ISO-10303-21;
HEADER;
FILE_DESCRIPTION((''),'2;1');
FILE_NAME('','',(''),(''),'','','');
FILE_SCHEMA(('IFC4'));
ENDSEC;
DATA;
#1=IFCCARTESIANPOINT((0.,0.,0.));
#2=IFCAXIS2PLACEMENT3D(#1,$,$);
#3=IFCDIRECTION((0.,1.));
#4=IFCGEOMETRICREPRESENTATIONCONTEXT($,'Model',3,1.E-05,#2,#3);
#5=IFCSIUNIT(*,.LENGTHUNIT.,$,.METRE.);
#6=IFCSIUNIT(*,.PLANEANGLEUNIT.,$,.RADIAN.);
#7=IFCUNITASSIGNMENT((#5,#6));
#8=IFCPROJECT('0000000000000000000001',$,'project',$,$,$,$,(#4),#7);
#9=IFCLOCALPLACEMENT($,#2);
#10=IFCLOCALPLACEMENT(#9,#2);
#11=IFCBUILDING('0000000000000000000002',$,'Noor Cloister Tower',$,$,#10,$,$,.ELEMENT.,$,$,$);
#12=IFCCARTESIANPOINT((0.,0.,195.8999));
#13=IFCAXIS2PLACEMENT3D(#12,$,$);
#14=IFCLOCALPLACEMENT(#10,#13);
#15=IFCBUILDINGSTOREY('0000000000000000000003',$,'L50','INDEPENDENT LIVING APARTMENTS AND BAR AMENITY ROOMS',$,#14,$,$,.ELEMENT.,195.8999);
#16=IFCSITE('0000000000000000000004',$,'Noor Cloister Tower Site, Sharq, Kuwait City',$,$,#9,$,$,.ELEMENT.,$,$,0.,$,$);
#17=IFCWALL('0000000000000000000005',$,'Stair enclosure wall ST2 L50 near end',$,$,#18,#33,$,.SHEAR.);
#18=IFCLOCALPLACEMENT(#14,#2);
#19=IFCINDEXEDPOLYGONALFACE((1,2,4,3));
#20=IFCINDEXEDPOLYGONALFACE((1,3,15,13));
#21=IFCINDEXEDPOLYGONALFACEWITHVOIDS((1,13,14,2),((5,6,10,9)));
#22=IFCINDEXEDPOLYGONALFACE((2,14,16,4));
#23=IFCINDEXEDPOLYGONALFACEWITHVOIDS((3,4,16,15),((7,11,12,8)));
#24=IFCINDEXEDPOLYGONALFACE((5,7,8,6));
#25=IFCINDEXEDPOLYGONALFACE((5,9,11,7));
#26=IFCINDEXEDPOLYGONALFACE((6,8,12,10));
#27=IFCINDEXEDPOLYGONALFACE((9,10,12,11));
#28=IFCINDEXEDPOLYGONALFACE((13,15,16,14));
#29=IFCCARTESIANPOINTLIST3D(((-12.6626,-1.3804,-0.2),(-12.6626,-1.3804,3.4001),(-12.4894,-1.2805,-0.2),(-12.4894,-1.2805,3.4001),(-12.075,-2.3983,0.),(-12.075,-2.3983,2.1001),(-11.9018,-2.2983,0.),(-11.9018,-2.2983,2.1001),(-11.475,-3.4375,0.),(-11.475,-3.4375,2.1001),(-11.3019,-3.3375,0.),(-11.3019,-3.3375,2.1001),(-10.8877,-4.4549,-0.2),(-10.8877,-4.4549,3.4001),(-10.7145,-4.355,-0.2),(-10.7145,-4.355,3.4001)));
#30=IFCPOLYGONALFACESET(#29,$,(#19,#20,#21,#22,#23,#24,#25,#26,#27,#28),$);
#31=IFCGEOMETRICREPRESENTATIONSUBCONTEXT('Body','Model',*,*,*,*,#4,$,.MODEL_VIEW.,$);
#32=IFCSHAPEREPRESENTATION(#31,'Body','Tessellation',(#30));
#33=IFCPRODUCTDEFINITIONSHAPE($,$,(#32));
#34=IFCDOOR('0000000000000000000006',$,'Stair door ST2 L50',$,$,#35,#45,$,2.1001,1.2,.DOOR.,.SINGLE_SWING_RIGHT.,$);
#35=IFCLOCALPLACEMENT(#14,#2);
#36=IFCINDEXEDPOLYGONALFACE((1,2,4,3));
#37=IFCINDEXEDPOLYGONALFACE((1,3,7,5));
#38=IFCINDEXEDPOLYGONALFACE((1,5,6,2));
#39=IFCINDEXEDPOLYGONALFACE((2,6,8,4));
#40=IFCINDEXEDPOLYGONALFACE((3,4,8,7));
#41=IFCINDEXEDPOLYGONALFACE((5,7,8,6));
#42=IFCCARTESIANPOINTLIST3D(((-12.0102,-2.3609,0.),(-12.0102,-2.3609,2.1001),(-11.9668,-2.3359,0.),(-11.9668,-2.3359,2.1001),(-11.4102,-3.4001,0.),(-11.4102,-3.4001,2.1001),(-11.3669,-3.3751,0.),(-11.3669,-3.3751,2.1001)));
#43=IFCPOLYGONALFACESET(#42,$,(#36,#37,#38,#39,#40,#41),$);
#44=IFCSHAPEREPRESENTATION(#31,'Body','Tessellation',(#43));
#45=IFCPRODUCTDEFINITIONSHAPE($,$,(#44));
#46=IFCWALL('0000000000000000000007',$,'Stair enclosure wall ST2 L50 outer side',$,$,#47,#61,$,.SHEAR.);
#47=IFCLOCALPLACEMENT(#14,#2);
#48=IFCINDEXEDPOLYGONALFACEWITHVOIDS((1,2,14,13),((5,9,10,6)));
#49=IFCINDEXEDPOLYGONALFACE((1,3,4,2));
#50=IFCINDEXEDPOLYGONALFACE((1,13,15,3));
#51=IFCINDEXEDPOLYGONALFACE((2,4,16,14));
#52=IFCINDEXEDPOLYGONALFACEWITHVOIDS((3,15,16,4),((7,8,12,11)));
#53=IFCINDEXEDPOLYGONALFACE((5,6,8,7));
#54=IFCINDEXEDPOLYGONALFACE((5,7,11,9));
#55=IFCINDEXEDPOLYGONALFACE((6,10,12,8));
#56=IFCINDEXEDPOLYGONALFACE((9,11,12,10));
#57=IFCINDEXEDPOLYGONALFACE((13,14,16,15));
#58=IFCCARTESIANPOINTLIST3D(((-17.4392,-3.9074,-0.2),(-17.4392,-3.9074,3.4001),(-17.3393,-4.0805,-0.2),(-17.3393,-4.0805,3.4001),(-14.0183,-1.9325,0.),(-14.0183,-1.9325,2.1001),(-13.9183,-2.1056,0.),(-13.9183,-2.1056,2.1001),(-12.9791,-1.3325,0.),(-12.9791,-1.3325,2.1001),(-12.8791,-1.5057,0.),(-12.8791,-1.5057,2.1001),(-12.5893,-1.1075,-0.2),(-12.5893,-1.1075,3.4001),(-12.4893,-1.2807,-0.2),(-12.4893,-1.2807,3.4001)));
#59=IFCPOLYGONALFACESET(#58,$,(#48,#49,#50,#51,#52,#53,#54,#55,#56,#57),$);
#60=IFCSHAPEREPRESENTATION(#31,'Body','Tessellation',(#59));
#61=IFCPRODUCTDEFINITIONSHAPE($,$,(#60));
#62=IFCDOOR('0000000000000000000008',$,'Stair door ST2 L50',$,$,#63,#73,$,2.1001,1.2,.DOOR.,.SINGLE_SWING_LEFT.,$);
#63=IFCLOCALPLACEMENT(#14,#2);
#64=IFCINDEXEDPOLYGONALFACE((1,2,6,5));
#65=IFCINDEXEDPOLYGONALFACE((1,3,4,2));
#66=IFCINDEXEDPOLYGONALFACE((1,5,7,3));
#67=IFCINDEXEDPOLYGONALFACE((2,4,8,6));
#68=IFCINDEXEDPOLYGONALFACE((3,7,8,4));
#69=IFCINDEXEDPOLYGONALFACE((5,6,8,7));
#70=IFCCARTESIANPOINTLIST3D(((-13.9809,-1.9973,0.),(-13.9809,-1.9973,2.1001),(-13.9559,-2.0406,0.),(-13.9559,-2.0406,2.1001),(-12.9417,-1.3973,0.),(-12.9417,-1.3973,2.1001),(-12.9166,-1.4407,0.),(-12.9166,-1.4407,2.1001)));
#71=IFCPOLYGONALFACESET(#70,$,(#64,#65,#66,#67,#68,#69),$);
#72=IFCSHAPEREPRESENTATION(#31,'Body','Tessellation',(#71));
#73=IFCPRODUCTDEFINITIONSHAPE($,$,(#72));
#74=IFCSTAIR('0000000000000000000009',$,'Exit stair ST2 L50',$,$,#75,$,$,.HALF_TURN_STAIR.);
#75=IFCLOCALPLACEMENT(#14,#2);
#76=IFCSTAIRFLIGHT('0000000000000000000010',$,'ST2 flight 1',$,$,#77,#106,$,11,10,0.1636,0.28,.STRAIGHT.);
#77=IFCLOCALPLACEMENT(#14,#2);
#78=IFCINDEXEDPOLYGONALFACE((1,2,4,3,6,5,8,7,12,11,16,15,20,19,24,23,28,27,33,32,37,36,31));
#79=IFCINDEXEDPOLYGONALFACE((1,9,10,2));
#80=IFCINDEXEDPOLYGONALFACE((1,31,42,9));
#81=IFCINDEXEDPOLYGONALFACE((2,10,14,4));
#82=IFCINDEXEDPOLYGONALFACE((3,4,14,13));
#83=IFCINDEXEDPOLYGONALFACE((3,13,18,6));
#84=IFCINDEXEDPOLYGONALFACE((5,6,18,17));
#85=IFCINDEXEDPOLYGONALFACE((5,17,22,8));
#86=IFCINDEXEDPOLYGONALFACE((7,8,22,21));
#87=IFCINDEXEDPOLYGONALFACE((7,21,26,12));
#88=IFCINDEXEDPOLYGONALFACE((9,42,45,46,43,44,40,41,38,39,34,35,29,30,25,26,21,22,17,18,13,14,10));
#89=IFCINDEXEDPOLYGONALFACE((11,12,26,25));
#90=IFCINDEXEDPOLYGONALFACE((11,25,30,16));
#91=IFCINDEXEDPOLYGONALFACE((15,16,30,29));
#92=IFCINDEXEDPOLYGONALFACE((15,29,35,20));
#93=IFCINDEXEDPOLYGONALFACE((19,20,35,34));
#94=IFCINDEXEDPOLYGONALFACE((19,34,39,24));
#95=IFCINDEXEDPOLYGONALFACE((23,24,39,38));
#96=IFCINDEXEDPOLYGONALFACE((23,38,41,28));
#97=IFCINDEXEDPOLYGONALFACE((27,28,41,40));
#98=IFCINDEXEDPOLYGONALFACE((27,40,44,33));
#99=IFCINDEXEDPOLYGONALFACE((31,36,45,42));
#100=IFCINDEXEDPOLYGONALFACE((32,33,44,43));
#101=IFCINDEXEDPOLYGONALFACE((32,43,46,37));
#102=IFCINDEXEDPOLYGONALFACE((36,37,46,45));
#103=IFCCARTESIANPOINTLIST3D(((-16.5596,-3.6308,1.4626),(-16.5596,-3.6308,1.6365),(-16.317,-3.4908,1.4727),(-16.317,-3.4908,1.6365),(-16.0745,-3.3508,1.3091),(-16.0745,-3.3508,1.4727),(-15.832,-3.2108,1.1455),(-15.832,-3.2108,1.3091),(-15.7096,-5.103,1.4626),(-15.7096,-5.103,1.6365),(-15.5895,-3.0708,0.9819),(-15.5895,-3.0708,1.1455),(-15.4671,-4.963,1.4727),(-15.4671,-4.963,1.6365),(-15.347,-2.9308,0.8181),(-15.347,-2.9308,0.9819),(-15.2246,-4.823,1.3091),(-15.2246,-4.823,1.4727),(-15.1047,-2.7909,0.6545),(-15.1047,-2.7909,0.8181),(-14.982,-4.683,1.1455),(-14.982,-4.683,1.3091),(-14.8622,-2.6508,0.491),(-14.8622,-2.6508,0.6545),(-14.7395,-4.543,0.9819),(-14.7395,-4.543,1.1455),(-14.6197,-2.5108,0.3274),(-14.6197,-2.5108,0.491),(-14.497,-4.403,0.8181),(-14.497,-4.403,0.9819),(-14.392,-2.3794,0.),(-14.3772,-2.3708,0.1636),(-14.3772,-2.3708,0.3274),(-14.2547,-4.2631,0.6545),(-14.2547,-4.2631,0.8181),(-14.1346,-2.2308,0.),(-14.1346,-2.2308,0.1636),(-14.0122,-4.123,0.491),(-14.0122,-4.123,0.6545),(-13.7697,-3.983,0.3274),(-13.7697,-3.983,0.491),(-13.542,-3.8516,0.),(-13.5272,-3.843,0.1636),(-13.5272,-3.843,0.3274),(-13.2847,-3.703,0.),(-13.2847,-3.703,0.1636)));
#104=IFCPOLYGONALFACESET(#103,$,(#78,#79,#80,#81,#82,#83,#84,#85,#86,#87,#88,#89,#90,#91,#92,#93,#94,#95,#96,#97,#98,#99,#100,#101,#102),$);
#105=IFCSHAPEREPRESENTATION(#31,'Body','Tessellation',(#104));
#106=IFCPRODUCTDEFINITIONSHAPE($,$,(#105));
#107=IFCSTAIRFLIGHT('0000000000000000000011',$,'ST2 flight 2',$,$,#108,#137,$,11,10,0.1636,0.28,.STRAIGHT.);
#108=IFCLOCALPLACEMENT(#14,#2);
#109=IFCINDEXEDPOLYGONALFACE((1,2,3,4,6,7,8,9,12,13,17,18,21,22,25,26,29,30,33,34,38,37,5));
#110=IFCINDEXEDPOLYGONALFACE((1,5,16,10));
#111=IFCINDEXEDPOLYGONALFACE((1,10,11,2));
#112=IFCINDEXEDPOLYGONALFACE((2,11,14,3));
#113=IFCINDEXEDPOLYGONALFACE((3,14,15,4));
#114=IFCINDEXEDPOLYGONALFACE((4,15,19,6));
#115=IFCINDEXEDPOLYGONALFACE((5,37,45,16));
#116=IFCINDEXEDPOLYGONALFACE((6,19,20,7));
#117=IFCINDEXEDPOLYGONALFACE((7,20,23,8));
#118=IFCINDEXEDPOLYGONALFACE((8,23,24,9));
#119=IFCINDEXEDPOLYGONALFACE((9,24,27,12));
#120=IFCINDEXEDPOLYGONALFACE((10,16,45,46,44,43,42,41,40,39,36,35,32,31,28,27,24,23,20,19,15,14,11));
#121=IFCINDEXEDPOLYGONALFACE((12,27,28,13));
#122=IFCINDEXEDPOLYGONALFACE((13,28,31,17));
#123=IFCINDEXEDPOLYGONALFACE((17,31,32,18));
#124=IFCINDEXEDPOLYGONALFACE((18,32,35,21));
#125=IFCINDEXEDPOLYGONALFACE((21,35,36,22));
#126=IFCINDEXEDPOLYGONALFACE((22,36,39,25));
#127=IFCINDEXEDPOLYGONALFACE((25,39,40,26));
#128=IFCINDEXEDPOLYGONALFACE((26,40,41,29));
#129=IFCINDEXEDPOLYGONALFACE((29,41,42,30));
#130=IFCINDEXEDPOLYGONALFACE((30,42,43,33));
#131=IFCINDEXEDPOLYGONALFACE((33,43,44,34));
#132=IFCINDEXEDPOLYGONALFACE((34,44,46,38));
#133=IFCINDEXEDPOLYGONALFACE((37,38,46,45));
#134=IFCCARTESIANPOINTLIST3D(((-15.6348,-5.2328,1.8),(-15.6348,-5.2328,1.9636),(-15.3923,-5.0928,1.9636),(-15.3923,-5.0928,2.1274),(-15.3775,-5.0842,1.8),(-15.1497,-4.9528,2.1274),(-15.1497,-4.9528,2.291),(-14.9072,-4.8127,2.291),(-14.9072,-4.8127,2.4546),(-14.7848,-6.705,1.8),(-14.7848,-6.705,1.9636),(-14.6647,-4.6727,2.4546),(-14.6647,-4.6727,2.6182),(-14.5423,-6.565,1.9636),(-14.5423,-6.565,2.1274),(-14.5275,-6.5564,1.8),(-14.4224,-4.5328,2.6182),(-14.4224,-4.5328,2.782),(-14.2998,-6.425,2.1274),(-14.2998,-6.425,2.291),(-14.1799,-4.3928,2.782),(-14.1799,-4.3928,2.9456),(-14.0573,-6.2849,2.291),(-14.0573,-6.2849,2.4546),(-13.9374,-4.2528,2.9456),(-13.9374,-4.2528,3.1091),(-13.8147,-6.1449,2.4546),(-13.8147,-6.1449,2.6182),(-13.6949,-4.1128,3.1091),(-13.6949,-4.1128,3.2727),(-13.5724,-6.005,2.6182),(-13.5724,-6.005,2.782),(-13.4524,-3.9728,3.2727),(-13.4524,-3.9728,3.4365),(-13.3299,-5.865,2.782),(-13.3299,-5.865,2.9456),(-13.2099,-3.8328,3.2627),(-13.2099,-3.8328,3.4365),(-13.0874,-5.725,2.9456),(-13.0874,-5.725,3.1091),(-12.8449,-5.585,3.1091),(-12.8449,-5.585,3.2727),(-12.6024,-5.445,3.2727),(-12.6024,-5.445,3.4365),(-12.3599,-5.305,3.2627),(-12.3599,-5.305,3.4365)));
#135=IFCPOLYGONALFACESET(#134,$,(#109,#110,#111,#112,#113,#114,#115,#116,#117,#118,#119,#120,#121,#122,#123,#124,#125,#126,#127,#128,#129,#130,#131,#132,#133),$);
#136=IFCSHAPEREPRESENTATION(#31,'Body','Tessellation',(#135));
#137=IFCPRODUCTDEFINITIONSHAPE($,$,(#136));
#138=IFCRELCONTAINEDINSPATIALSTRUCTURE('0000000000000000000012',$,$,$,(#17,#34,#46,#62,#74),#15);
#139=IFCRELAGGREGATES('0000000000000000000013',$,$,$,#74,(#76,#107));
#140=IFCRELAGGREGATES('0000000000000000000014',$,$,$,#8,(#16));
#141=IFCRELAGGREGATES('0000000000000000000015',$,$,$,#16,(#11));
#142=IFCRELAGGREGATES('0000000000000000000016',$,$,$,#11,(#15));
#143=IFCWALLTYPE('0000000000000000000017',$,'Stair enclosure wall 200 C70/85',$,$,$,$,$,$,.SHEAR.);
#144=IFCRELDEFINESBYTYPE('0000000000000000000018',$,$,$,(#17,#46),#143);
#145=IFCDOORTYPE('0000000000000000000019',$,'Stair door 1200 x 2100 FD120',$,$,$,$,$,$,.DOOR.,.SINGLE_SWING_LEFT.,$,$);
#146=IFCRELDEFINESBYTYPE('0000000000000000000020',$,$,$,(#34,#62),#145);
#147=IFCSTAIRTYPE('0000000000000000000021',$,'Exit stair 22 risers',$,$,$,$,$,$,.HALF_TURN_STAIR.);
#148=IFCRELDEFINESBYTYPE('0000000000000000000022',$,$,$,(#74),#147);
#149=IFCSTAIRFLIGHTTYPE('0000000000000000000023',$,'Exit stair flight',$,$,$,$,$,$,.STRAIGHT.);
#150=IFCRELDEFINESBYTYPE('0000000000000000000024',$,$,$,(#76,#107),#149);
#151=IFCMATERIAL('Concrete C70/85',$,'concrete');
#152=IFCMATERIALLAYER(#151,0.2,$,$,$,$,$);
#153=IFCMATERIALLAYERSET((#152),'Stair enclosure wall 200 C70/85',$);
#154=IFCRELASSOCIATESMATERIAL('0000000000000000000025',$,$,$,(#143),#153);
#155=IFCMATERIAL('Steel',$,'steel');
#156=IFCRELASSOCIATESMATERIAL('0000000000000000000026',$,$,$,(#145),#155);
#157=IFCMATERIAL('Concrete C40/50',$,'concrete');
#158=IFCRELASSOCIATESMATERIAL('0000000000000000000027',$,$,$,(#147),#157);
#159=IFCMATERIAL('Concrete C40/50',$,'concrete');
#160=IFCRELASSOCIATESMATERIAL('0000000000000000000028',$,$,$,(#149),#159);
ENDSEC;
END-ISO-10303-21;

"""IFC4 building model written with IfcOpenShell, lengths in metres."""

from ifc_helpers import new_model, si_unit, direction, frame, frame_2d, origin, place, context, subcontext, project, spatial, polyline, rectangle, outline, extrude, material, layer, layer_set, type_object, element, fill, aggregate, save


model = new_model("IFC4")

# Units and contexts
model_context = context("Model", 3, precision=1e-05, world=origin(), true_north=direction((0.0, 1.0)))
body_context = subcontext(model_context, "Body", "Model", "MODEL_VIEW")
ifc_project = project(units=[si_unit("LENGTHUNIT", "METRE"), si_unit("PLANEANGLEUNIT", "RADIAN")], contexts=[model_context])

# Site, building, storey
site_placement = place(None, origin())
site = spatial("IfcSite", under=ifc_project, at=site_placement, Name="Noor Cloister Tower Site, Sharq, Kuwait City", CompositionType="ELEMENT", RefElevation=0.0)
building_placement = place(site_placement, origin())
building = spatial("IfcBuilding", under=site, at=building_placement, Name="Noor Cloister Tower", CompositionType="ELEMENT")
storey_placement = place(building_placement, frame((0.0, 0.0, 195.8999)))
storey = spatial("IfcBuildingStorey", under=building, at=storey_placement, Name="L50", Description="INDEPENDENT LIVING APARTMENTS AND BAR AMENITY ROOMS", CompositionType="ELEMENT", Elevation=195.8999)

# Walls, openings, doors
ifc_material_1 = material(Name="Concrete C70/85", Category="concrete")
ifc_layer_1 = layer(ifc_material_1, 0.2)
ifc_layer_set_1 = layer_set([ifc_layer_1], Name="Stair enclosure wall 200 C70/85")
wall_type_1 = type_object("IfcWallType", Name="Stair enclosure wall 200 C70/85", PredefinedType="SHEAR", material=ifc_layer_set_1)
wall_1_placement = place(storey_placement, frame((-12.5759, -1.3306, -0.2), z_axis=(0.0, 0.0, 1.0), x_axis=(0.49997, -0.866042, 0.0)))
wall_1 = element("IfcWall", 1, at=wall_1_placement, inside=storey, type_object=wall_type_1, Name="Stair enclosure wall ST2 L50 near end", PredefinedType="SHEAR", context=body_context, shape_type="SweptSolid", body=[
    extrude(rectangle(XDim=3.55, YDim=0.2, at=frame_2d((1.7749, 0.0))), origin(), (0.0, 0.0, 1.0), 3.6001),
])
opening_1_placement = place(wall_1_placement, frame((1.175, 0.0, 0.2)))
opening_1 = element("IfcOpeningElement", 2, at=opening_1_placement, cuts=wall_1, PredefinedType="OPENING", context=body_context, shape_type="SweptSolid", body=[
    extrude(rectangle(XDim=1.2, YDim=2.1001, at=frame_2d((0.6001, 1.05))), frame((0.0, 0.1099, 0.0), z_axis=(0.0, -1.0, 0.0), x_axis=(1.0, 0.0, 0.0)), (0.0, 0.0, 1.0), 0.22),
])
ifc_material_2 = material(Name="Steel", Category="steel")
door_type_1 = type_object("IfcDoorType", Name="Stair door 1200 x 2100 FD120", OperationType="SINGLE_SWING_LEFT", PredefinedType="DOOR", material=ifc_material_2)
door_1_placement = place(opening_1_placement, origin())
door_1 = element("IfcDoor", 3, at=door_1_placement, inside=storey, type_object=door_type_1, Name="Stair door ST2 L50", OperationType="SINGLE_SWING_RIGHT", OverallHeight=2.1001, OverallWidth=1.2, PredefinedType="DOOR", context=body_context, shape_type="SweptSolid", body=[
    extrude(rectangle(XDim=1.2, YDim=2.1001, at=frame_2d((0.6001, 1.05))), frame((0.0, 0.0249, 0.0), z_axis=(0.0, -1.0, 0.0), x_axis=(1.0, 0.0, 0.0)), (0.0, 0.0, 1.0), 0.05),
])
fill(opening_1, door_1)
wall_2_placement = place(storey_placement, frame((-12.5393, -1.1941, -0.2), z_axis=(0.0, 0.0, 1.0), x_axis=(-0.866045, -0.499965, 0.0)))
wall_2 = element("IfcWall", 4, at=wall_2_placement, inside=storey, type_object=wall_type_1, Name="Stair enclosure wall ST2 L50 outer side", PredefinedType="SHEAR", context=body_context, shape_type="SweptSolid", body=[
    extrude(rectangle(XDim=5.6001, YDim=0.2, at=frame_2d((2.8, 0.0))), origin(), (0.0, 0.0, 1.0), 3.6001),
])
opening_2_placement = place(wall_2_placement, frame((0.45, 0.0, 0.2)))
opening_2 = element("IfcOpeningElement", 5, at=opening_2_placement, cuts=wall_2, PredefinedType="OPENING", context=body_context, shape_type="SweptSolid", body=[
    extrude(rectangle(XDim=1.2, YDim=2.1001, at=frame_2d((0.6001, 1.05))), frame((0.0, 0.1099, 0.0), z_axis=(0.0, -1.0, 0.0), x_axis=(1.0, 0.0, 0.0)), (0.0, 0.0, 1.0), 0.22),
])
door_2_placement = place(opening_2_placement, origin())
door_2 = element("IfcDoor", 6, at=door_2_placement, inside=storey, type_object=door_type_1, Name="Stair door ST2 L50", OperationType="SINGLE_SWING_LEFT", OverallHeight=2.1001, OverallWidth=1.2, PredefinedType="DOOR", context=body_context, shape_type="SweptSolid", body=[
    extrude(rectangle(XDim=1.2, YDim=2.1001, at=frame_2d((0.6001, 1.05))), frame((0.0, 0.0249, 0.0), z_axis=(0.0, -1.0, 0.0), x_axis=(1.0, 0.0, 0.0)), (0.0, 0.0, 1.0), 0.05),
])
fill(opening_2, door_2)

# Stair, stair flights
ifc_material_3 = material(Name="Concrete C40/50", Category="concrete")
stair_type = type_object("IfcStairType", Name="Exit stair 22 risers", PredefinedType="HALF_TURN_STAIR", material=ifc_material_3)
stair_placement = place(storey_placement, origin())
stair = element("IfcStair", 7, at=stair_placement, inside=storey, type_object=stair_type, Name="Exit stair ST2 L50", PredefinedType="HALF_TURN_STAIR")
ifc_material_4 = material(Name="Concrete C40/50", Category="concrete")
stair_flight_type = type_object("IfcStairFlightType", Name="Exit stair flight", PredefinedType="STRAIGHT", material=ifc_material_4)
stair_flight_1_placement = place(storey_placement, frame((-13.7097, -2.9668, 0.0), z_axis=(0.0, 0.0, 1.0), x_axis=(-0.866025, -0.5, 0.0)))
stair_flight_1 = element("IfcStairFlight", 8, at=stair_flight_1_placement, type_object=stair_flight_type, Name="ST2 flight 1", NumberOfRisers=11, NumberOfTreads=10, PredefinedType="STRAIGHT", RiserHeight=0.1636, TreadLength=0.28, context=body_context, shape_type="SweptSolid", body=[
    extrude(outline(polyline([(0.0, 0.0), (0.0, 0.1636), (0.28, 0.1636), (0.28, 0.3274), (0.5601, 0.3274), (0.5601, 0.491), (0.8401, 0.491), (0.8401, 0.6545), (1.1201, 0.6545), (1.1201, 0.8181), (1.3999, 0.8181), (1.3999, 0.9819), (1.6799, 0.9819), (1.6799, 1.1455), (1.96, 1.1455), (1.96, 1.3091), (2.24, 1.3091), (2.24, 1.4727), (2.52, 1.4727), (2.52, 1.6365), (2.8, 1.6365), (2.8, 1.8), (2.8, 1.4626), (0.2971, 0.0), (0.0, 0.0)])), frame((0.0, 0.8501, 0.0), z_axis=(0.0, -1.0, 0.0), x_axis=(1.0, 0.0, 0.0)), (0.0, 0.0, 1.0), 1.7),
])
stair_flight_2_placement = place(storey_placement, frame((-15.2097, -5.969, 1.8), z_axis=(0.0, 0.0, 1.0), x_axis=(0.866025, 0.5, 0.0)))
stair_flight_2 = element("IfcStairFlight", 9, at=stair_flight_2_placement, type_object=stair_flight_type, Name="ST2 flight 2", NumberOfRisers=11, NumberOfTreads=10, PredefinedType="STRAIGHT", RiserHeight=0.1636, TreadLength=0.28, context=body_context, shape_type="SweptSolid", body=[
    extrude(outline(polyline([(0.0, 0.0), (0.0, 0.1636), (0.28, 0.1636), (0.28, 0.3274), (0.5601, 0.3274), (0.5601, 0.491), (0.8401, 0.491), (0.8401, 0.6545), (1.1201, 0.6545), (1.1201, 0.8181), (1.3999, 0.8181), (1.3999, 0.9819), (1.6799, 0.9819), (1.6799, 1.1455), (1.96, 1.1455), (1.96, 1.3091), (2.24, 1.3091), (2.24, 1.4727), (2.52, 1.4727), (2.52, 1.6365), (2.8, 1.6365), (2.8, 1.8), (2.8, 1.4626), (0.2971, 0.0), (0.0, 0.0)])), frame((0.0, 0.8501, 0.0), z_axis=(0.0, -1.0, 0.0), x_axis=(1.0, 0.0, 0.0)), (0.0, 0.0, 1.0), 1.7),
])
aggregate(stair, [stair_flight_1, stair_flight_2])

save(model, "model.ifc")
